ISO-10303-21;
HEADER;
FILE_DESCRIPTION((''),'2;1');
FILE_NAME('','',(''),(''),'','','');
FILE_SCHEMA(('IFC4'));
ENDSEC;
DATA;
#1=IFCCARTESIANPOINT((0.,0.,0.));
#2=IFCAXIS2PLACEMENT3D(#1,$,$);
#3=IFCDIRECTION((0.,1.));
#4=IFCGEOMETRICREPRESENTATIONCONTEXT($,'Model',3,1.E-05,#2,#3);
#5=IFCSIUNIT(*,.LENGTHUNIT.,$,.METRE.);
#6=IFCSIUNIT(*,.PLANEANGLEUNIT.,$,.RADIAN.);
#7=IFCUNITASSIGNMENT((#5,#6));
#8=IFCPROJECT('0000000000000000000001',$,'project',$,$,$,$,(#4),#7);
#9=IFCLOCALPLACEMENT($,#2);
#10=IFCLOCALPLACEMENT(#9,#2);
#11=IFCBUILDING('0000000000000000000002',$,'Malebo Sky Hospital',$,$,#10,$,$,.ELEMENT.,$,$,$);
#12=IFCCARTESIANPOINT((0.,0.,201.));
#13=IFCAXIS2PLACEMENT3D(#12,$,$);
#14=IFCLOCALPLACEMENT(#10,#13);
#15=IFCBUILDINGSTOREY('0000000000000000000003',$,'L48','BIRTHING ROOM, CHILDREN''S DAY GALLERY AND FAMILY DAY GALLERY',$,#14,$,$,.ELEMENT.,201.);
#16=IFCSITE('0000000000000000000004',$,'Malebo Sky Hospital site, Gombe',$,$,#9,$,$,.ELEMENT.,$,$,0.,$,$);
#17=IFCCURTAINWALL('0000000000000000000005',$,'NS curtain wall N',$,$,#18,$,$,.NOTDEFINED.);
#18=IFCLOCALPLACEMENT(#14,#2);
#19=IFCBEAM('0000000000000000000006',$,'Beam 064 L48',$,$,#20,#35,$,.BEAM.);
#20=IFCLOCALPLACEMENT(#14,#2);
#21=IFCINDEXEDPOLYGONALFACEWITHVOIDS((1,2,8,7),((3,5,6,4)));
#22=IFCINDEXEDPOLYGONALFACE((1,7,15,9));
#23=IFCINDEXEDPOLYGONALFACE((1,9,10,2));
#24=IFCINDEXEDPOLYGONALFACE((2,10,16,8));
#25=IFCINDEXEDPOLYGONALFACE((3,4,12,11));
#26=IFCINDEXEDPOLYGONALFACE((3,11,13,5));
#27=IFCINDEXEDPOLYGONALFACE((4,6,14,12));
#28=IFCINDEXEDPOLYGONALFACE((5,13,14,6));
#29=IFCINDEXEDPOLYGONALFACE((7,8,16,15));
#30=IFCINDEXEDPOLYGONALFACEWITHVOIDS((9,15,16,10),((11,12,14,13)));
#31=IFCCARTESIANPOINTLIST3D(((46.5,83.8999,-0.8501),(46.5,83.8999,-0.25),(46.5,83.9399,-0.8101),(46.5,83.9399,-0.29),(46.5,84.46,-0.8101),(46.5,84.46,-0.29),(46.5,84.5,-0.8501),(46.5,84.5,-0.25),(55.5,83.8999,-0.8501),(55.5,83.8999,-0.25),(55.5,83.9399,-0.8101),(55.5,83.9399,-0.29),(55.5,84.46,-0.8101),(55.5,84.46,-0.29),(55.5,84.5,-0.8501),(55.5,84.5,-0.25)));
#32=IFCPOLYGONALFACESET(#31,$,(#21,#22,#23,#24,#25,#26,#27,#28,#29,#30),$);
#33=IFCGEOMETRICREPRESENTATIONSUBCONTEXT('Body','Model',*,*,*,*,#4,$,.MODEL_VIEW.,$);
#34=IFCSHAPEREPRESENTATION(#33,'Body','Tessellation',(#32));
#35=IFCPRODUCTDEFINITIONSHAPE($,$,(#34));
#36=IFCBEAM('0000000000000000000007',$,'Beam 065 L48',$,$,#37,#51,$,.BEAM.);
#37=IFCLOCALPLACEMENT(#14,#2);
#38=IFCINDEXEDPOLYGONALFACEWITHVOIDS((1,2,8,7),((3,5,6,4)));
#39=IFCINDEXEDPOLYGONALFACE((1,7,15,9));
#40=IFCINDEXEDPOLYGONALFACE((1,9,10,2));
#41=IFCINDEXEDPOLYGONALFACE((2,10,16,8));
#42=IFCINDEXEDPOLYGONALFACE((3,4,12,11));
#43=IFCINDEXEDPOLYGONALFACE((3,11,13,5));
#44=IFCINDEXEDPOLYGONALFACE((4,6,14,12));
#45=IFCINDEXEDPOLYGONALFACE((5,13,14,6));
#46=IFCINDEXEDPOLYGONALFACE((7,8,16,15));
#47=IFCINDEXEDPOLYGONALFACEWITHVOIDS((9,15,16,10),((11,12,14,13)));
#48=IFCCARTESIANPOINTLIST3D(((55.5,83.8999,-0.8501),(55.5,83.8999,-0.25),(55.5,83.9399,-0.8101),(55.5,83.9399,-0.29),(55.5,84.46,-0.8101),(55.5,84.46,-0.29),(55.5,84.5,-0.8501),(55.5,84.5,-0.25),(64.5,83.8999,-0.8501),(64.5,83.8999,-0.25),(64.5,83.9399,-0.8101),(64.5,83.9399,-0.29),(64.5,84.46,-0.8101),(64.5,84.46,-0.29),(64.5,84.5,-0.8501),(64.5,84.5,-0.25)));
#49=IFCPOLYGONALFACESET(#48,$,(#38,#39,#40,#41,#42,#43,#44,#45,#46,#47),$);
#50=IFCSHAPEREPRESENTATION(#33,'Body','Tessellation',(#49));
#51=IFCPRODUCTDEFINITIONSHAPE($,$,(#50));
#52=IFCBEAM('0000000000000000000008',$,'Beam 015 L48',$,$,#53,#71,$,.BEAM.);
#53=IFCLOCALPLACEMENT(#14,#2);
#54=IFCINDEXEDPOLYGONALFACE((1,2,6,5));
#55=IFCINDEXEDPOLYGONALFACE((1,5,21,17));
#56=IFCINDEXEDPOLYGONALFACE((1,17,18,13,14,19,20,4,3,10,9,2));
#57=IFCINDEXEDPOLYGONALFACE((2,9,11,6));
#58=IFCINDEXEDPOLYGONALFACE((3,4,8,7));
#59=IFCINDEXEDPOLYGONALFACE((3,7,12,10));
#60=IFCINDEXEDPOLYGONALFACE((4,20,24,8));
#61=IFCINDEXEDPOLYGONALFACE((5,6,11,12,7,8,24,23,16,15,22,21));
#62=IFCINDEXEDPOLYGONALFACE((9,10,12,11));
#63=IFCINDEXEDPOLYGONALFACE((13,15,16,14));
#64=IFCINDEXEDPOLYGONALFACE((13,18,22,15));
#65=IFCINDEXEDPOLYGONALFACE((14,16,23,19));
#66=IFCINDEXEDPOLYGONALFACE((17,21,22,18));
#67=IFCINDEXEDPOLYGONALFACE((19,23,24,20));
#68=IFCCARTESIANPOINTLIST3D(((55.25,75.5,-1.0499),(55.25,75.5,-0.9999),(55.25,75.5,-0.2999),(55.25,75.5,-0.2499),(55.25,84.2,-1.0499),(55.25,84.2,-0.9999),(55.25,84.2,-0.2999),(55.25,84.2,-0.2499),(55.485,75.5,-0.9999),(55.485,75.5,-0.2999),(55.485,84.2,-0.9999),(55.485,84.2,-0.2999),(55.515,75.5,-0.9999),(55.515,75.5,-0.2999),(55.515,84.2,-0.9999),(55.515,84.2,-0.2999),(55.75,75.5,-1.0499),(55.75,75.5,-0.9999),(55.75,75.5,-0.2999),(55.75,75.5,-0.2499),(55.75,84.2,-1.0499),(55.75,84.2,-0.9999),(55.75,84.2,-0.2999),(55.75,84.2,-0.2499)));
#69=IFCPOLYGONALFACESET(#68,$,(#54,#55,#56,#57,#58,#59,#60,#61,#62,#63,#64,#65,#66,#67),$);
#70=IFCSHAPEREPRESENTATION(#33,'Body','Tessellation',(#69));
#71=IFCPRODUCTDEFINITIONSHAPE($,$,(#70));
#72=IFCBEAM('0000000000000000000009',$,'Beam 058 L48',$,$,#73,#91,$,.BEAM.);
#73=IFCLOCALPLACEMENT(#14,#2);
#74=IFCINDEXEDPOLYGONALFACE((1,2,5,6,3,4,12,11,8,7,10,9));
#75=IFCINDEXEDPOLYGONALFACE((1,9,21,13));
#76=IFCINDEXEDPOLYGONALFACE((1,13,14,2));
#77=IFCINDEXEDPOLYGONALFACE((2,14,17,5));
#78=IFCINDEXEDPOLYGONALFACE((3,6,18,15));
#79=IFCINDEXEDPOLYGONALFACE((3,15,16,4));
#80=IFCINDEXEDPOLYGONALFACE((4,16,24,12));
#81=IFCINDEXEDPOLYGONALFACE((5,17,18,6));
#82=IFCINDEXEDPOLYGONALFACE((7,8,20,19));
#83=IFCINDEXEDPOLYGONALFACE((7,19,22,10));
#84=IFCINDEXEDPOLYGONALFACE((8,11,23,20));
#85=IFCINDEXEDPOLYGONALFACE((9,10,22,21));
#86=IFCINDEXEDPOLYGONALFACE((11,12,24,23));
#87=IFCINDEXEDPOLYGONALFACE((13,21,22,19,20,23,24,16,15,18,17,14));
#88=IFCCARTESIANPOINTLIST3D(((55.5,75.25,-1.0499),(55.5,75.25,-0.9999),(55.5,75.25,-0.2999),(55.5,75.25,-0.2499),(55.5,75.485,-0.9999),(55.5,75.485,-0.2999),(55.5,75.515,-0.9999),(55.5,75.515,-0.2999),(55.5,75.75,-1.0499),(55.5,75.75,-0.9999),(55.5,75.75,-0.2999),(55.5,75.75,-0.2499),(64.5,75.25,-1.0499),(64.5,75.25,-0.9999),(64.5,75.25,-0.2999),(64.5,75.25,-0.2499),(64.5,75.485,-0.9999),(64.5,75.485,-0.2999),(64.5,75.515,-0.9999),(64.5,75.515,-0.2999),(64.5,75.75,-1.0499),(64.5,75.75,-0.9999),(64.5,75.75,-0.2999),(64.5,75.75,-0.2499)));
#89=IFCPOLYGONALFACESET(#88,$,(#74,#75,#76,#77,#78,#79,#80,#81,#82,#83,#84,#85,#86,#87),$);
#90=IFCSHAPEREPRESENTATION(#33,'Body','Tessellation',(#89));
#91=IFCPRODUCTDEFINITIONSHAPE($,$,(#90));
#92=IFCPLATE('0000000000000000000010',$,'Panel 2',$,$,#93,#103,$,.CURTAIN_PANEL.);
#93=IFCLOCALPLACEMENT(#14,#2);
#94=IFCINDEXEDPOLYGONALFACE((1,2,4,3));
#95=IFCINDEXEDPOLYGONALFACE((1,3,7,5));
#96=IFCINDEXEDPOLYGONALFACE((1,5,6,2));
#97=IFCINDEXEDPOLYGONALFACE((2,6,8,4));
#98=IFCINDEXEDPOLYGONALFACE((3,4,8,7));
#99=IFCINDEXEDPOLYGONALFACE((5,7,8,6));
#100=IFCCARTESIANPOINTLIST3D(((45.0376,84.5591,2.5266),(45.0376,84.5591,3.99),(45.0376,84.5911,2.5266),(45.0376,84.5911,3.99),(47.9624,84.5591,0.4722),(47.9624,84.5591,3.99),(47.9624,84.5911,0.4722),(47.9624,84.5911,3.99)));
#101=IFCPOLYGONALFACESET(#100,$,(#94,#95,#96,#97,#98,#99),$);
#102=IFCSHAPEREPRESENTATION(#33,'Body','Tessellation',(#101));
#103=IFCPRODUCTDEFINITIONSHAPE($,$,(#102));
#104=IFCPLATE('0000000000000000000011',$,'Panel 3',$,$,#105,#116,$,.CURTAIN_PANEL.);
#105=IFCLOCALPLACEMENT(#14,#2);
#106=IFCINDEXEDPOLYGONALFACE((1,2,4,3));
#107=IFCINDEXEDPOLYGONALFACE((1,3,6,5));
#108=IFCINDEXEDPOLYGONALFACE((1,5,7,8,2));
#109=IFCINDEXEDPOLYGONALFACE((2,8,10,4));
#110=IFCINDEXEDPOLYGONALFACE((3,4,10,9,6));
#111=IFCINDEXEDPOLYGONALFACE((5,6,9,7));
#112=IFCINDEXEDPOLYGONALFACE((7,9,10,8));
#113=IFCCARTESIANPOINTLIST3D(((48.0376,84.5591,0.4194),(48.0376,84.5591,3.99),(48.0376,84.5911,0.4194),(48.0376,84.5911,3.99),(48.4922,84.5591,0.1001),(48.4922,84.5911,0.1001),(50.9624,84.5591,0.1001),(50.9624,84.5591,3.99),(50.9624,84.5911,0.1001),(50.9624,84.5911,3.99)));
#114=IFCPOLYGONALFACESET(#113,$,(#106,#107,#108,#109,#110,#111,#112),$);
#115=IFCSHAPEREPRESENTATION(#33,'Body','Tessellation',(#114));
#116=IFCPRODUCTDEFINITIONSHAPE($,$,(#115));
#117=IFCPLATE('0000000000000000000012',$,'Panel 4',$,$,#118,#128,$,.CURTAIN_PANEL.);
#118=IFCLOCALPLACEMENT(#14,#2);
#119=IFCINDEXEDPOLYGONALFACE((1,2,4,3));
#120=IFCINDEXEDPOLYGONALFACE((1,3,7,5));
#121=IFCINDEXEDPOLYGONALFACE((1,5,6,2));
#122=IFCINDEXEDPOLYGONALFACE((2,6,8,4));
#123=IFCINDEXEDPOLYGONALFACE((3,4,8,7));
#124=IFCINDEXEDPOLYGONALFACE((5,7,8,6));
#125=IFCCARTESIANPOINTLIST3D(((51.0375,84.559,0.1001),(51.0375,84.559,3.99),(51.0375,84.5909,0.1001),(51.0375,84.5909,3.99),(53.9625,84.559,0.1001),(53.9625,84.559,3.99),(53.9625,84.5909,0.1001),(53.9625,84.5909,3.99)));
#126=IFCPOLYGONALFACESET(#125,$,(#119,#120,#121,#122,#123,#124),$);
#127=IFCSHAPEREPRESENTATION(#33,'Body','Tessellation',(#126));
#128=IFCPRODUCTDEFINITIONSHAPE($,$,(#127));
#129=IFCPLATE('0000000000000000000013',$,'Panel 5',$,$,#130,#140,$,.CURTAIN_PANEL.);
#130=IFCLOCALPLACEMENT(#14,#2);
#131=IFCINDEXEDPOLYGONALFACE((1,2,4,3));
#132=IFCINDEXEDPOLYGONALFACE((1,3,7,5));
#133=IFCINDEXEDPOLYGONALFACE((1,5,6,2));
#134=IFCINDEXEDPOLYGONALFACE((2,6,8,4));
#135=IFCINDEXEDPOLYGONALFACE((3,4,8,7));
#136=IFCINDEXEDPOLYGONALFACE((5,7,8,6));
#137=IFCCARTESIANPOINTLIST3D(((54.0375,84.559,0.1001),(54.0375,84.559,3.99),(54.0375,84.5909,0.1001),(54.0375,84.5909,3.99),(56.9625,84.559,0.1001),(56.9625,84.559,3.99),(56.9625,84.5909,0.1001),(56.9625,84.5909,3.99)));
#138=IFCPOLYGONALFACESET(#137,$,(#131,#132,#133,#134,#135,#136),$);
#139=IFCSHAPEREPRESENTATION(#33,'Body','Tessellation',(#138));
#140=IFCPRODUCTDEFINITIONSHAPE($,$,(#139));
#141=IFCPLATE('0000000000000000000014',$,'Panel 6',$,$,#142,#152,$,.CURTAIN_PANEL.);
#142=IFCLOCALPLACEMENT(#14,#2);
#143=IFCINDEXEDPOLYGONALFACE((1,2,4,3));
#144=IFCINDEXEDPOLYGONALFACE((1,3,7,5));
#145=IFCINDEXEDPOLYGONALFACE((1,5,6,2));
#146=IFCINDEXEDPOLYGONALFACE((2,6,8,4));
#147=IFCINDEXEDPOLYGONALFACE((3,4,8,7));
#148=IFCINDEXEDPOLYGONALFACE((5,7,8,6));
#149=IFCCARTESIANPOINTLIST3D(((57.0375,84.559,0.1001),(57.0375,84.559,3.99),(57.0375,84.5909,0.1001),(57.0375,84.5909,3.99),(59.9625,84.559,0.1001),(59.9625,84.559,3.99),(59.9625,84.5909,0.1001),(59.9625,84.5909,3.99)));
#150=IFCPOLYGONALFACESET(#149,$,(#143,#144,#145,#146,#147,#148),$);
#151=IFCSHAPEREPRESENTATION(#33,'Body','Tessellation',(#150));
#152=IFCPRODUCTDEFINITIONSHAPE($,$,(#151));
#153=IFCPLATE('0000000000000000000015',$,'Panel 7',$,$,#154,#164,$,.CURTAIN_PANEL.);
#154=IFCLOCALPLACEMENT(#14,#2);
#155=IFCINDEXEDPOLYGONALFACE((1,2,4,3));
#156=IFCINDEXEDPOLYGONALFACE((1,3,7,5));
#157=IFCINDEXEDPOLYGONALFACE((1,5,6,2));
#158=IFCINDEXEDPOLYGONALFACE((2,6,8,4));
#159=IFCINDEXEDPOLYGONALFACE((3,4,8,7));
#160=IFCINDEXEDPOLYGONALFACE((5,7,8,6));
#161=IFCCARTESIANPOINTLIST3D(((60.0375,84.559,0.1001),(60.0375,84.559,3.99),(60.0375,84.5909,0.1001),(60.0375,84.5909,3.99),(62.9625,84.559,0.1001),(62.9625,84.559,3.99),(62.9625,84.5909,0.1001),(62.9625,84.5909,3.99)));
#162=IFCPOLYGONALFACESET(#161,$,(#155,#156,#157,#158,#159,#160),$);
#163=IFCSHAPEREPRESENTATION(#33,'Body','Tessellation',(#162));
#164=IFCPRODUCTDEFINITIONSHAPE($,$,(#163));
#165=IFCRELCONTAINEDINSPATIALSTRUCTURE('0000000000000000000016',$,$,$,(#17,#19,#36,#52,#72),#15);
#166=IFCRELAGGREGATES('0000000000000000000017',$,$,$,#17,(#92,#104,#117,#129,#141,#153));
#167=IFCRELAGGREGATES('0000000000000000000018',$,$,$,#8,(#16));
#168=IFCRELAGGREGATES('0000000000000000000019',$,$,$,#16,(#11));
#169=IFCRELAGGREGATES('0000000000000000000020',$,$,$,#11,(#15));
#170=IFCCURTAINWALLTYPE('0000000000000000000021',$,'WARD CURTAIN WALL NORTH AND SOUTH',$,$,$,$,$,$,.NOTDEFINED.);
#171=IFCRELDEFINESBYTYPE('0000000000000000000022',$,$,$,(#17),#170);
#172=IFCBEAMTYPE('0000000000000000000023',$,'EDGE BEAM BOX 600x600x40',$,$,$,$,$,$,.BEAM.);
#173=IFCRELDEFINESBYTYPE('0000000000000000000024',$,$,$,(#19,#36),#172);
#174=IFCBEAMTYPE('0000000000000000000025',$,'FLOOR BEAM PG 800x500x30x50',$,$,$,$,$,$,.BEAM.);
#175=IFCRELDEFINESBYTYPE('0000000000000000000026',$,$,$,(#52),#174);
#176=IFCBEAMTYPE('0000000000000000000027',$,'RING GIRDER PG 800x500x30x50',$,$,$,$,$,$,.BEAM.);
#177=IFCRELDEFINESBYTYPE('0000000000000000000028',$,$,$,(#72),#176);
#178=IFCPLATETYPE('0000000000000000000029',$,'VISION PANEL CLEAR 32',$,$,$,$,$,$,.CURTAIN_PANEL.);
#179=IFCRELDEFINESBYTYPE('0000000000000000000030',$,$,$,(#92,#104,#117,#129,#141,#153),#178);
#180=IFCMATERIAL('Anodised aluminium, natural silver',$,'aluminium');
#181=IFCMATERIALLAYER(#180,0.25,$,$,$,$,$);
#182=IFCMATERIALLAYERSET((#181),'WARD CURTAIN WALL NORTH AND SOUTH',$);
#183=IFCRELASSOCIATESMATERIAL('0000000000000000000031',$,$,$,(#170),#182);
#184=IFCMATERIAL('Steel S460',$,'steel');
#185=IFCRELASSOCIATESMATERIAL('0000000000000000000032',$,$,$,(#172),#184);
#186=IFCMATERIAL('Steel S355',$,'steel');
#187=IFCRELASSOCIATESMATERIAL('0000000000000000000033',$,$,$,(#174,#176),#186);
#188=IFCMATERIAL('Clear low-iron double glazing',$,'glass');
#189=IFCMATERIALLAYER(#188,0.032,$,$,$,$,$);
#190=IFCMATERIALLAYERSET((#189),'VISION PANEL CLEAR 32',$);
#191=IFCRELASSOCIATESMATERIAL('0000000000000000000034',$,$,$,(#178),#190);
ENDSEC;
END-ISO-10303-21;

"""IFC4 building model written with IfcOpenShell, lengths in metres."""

from ifc_helpers import new_model, si_unit, direction, frame, origin, origin_2d, place, context, subcontext, project, spatial, polyline, rectangle, hollow_rectangle, i_section, outline, extrude, material, layer, layer_set, material_profile, profile_set, type_object, element, aggregate, save


model = new_model("IFC4")

# Units and contexts
model_context = context("Model", 3, precision=1e-05, world=origin(), true_north=direction((0.0, 1.0)))
body_context = subcontext(model_context, "Body", "Model", "MODEL_VIEW")
ifc_project = project(units=[si_unit("LENGTHUNIT", "METRE"), si_unit("PLANEANGLEUNIT", "RADIAN")], contexts=[model_context])

# Site, building, storey
site_placement = place(None, origin())
site = spatial("IfcSite", under=ifc_project, at=site_placement, Name="Malebo Sky Hospital site, Gombe", CompositionType="ELEMENT", RefElevation=0.0)
building_placement = place(site_placement, origin())
building = spatial("IfcBuilding", under=site, at=building_placement, Name="Malebo Sky Hospital", CompositionType="ELEMENT")
storey_placement = place(building_placement, frame((0.0, 0.0, 201.0)))
storey = spatial("IfcBuildingStorey", under=building, at=storey_placement, Name="L48", Description="BIRTHING ROOM, CHILDREN'S DAY GALLERY AND FAMILY DAY GALLERY", CompositionType="ELEMENT", Elevation=201.0)

# Shared definitions
ifc_material_1 = material(Name="Steel S460", Category="steel")

# Curtain wall
ifc_material_2 = material(Name="Anodised aluminium, natural silver", Category="aluminium")
ifc_layer_1 = layer(ifc_material_2, 0.25)
ifc_layer_set_1 = layer_set([ifc_layer_1], Name="WARD CURTAIN WALL NORTH AND SOUTH")
curtain_wall_type = type_object("IfcCurtainWallType", Name="WARD CURTAIN WALL NORTH AND SOUTH", PredefinedType="NOTDEFINED", material=ifc_layer_set_1)
curtain_wall_placement = place(storey_placement, origin())
curtain_wall = element("IfcCurtainWall", 1, at=curtain_wall_placement, inside=storey, type_object=curtain_wall_type, Name="NS curtain wall N", PredefinedType="NOTDEFINED")

# Shared definitions
ifc_material_3 = material(Name="Steel S355", Category="steel")

# Beams
ifc_material_profile_1 = material_profile(ifc_material_1, hollow_rectangle(XDim=0.6001, YDim=0.6001, WallThickness=0.04, at=origin_2d()), Name="BOX 600x600x40")
ifc_profile_set_1 = profile_set([ifc_material_profile_1], Name="Steel S460")
beam_type_1 = type_object("IfcBeamType", Name="EDGE BEAM BOX 600x600x40", PredefinedType="BEAM", material=ifc_profile_set_1)
for number, where, z_axis, x_axis, name in (
    (2, (46.5, 84.2, -0.55), (1.0, 0.0, 0.0), (0.0, 1.0, 0.0), "Beam 064 L48"),
    (3, (55.5, 84.2, -0.55), (1.0, 0.0, 0.0), (0.0, 1.0, 0.0), "Beam 065 L48"),
):
    element("IfcBeam", number, at=place(storey_placement, frame(where, z_axis=z_axis, x_axis=x_axis)), inside=storey, type_object=beam_type_1, Name=name, PredefinedType="BEAM", context=body_context, shape_type="SweptSolid", body=[
        extrude(hollow_rectangle(XDim=0.6001, YDim=0.6001, WallThickness=0.04, at=origin_2d()), origin(), (0.0, 0.0, 1.0), 9.0),
    ])
ifc_material_profile_2 = material_profile(ifc_material_3, i_section(OverallWidth=0.5, OverallDepth=0.8, WebThickness=0.03, FlangeThickness=0.05, at=origin_2d()), Name="PG 800x500x30x50")
ifc_profile_set_2 = profile_set([ifc_material_profile_2], Name="Steel S355")
beam_type_2 = type_object("IfcBeamType", Name="FLOOR BEAM PG 800x500x30x50", PredefinedType="BEAM", material=ifc_profile_set_2)
beam_1_placement = place(storey_placement, frame((55.5, 75.5, -0.6499), z_axis=(0.0, 1.0, 0.0), x_axis=(-1.0, 0.0, 0.0)))
element("IfcBeam", 4, at=beam_1_placement, inside=storey, type_object=beam_type_2, Name="Beam 015 L48", PredefinedType="BEAM", context=body_context, shape_type="SweptSolid", body=[
    extrude(i_section(OverallWidth=0.5, OverallDepth=0.8, WebThickness=0.03, FlangeThickness=0.05, at=origin_2d()), origin(), (0.0, 0.0, 1.0), 8.7),
])
ifc_material_profile_3 = material_profile(ifc_material_3, i_section(OverallWidth=0.5, OverallDepth=0.8, WebThickness=0.03, FlangeThickness=0.05, at=origin_2d()), Name="PG 800x500x30x50")
ifc_profile_set_3 = profile_set([ifc_material_profile_3], Name="Steel S355")
beam_type_3 = type_object("IfcBeamType", Name="RING GIRDER PG 800x500x30x50", PredefinedType="BEAM", material=ifc_profile_set_3)
beam_2_placement = place(storey_placement, frame((55.5, 75.5, -0.6499), z_axis=(1.0, 0.0, 0.0), x_axis=(0.0, 1.0, 0.0)))
element("IfcBeam", 5, at=beam_2_placement, inside=storey, type_object=beam_type_3, Name="Beam 058 L48", PredefinedType="BEAM", context=body_context, shape_type="SweptSolid", body=[
    extrude(i_section(OverallWidth=0.5, OverallDepth=0.8, WebThickness=0.03, FlangeThickness=0.05, at=origin_2d()), origin(), (0.0, 0.0, 1.0), 9.0),
])

# Plates
ifc_material_4 = material(Name="Clear low-iron double glazing", Category="glass")
ifc_layer_2 = layer(ifc_material_4, 0.032)
ifc_layer_set_2 = layer_set([ifc_layer_2], Name="VISION PANEL CLEAR 32")
plate_type = type_object("IfcPlateType", Name="VISION PANEL CLEAR 32", PredefinedType="CURTAIN_PANEL", material=ifc_layer_set_2)
plate_1_placement = place(storey_placement, frame((46.5, 84.575, 0.4722), z_axis=(0.0, 0.0, 1.0), x_axis=(1.0, 0.0, 0.0)))
plate_1 = element("IfcPlate", 6, at=plate_1_placement, type_object=plate_type, Name="Panel 2", PredefinedType="CURTAIN_PANEL", context=body_context, shape_type="SweptSolid", body=[
    extrude(outline(polyline([(1.4624, 0.0), (1.4624, 3.5178), (-1.4624, 3.5178), (-1.4624, 2.0544), (1.4624, 0.0)])), frame((0.0, 0.0161, 0.0), z_axis=(0.0, -1.0, 0.0), x_axis=(1.0, 0.0, 0.0)), (0.0, 0.0, 1.0), 0.032),
])
plate_2_placement = place(storey_placement, frame((49.5, 84.575, 0.1001), z_axis=(0.0, 0.0, 1.0), x_axis=(1.0, 0.0, 0.0)))
plate_2 = element("IfcPlate", 7, at=plate_2_placement, type_object=plate_type, Name="Panel 3", PredefinedType="CURTAIN_PANEL", context=body_context, shape_type="SweptSolid", body=[
    extrude(outline(polyline([(-1.0078, 0.0), (1.4624, 0.0), (1.4624, 3.8899), (-1.4624, 3.8899), (-1.4624, 0.3193), (-1.0078, 0.0)])), frame((0.0, 0.0161, 0.0), z_axis=(0.0, -1.0, 0.0), x_axis=(1.0, 0.0, 0.0)), (0.0, 0.0, 1.0), 0.032),
])
plate_3_placement = place(storey_placement, frame((52.5, 84.575, 0.1001), z_axis=(0.0, 0.0, 1.0), x_axis=(1.0, 0.0, 0.0)))
plate_3 = element("IfcPlate", 8, at=plate_3_placement, type_object=plate_type, Name="Panel 4", PredefinedType="CURTAIN_PANEL", context=body_context, shape_type="SweptSolid", body=[
    extrude(rectangle(XDim=2.925, YDim=0.032, at=origin_2d()), origin(), (0.0, 0.0, 1.0), 3.8899),
])
plate_4_placement = place(storey_placement, frame((55.5, 84.575, 0.1001), z_axis=(0.0, 0.0, 1.0), x_axis=(1.0, 0.0, 0.0)))
plate_4 = element("IfcPlate", 9, at=plate_4_placement, type_object=plate_type, Name="Panel 5", PredefinedType="CURTAIN_PANEL", context=body_context, shape_type="SweptSolid", body=[
    extrude(rectangle(XDim=2.925, YDim=0.032, at=origin_2d()), origin(), (0.0, 0.0, 1.0), 3.8899),
])
plate_5_placement = place(storey_placement, frame((58.5, 84.575, 0.1001), z_axis=(0.0, 0.0, 1.0), x_axis=(1.0, 0.0, 0.0)))
plate_5 = element("IfcPlate", 10, at=plate_5_placement, type_object=plate_type, Name="Panel 6", PredefinedType="CURTAIN_PANEL", context=body_context, shape_type="SweptSolid", body=[
    extrude(rectangle(XDim=2.925, YDim=0.032, at=origin_2d()), origin(), (0.0, 0.0, 1.0), 3.8899),
])
plate_6_placement = place(storey_placement, frame((61.5, 84.575, 0.1001), z_axis=(0.0, 0.0, 1.0), x_axis=(1.0, 0.0, 0.0)))
plate_6 = element("IfcPlate", 11, at=plate_6_placement, type_object=plate_type, Name="Panel 7", PredefinedType="CURTAIN_PANEL", context=body_context, shape_type="SweptSolid", body=[
    extrude(rectangle(XDim=2.925, YDim=0.032, at=origin_2d()), origin(), (0.0, 0.0, 1.0), 3.8899),
])
aggregate(curtain_wall, [plate_1, plate_2, plate_3, plate_4, plate_5, plate_6])

save(model, "model.ifc")
